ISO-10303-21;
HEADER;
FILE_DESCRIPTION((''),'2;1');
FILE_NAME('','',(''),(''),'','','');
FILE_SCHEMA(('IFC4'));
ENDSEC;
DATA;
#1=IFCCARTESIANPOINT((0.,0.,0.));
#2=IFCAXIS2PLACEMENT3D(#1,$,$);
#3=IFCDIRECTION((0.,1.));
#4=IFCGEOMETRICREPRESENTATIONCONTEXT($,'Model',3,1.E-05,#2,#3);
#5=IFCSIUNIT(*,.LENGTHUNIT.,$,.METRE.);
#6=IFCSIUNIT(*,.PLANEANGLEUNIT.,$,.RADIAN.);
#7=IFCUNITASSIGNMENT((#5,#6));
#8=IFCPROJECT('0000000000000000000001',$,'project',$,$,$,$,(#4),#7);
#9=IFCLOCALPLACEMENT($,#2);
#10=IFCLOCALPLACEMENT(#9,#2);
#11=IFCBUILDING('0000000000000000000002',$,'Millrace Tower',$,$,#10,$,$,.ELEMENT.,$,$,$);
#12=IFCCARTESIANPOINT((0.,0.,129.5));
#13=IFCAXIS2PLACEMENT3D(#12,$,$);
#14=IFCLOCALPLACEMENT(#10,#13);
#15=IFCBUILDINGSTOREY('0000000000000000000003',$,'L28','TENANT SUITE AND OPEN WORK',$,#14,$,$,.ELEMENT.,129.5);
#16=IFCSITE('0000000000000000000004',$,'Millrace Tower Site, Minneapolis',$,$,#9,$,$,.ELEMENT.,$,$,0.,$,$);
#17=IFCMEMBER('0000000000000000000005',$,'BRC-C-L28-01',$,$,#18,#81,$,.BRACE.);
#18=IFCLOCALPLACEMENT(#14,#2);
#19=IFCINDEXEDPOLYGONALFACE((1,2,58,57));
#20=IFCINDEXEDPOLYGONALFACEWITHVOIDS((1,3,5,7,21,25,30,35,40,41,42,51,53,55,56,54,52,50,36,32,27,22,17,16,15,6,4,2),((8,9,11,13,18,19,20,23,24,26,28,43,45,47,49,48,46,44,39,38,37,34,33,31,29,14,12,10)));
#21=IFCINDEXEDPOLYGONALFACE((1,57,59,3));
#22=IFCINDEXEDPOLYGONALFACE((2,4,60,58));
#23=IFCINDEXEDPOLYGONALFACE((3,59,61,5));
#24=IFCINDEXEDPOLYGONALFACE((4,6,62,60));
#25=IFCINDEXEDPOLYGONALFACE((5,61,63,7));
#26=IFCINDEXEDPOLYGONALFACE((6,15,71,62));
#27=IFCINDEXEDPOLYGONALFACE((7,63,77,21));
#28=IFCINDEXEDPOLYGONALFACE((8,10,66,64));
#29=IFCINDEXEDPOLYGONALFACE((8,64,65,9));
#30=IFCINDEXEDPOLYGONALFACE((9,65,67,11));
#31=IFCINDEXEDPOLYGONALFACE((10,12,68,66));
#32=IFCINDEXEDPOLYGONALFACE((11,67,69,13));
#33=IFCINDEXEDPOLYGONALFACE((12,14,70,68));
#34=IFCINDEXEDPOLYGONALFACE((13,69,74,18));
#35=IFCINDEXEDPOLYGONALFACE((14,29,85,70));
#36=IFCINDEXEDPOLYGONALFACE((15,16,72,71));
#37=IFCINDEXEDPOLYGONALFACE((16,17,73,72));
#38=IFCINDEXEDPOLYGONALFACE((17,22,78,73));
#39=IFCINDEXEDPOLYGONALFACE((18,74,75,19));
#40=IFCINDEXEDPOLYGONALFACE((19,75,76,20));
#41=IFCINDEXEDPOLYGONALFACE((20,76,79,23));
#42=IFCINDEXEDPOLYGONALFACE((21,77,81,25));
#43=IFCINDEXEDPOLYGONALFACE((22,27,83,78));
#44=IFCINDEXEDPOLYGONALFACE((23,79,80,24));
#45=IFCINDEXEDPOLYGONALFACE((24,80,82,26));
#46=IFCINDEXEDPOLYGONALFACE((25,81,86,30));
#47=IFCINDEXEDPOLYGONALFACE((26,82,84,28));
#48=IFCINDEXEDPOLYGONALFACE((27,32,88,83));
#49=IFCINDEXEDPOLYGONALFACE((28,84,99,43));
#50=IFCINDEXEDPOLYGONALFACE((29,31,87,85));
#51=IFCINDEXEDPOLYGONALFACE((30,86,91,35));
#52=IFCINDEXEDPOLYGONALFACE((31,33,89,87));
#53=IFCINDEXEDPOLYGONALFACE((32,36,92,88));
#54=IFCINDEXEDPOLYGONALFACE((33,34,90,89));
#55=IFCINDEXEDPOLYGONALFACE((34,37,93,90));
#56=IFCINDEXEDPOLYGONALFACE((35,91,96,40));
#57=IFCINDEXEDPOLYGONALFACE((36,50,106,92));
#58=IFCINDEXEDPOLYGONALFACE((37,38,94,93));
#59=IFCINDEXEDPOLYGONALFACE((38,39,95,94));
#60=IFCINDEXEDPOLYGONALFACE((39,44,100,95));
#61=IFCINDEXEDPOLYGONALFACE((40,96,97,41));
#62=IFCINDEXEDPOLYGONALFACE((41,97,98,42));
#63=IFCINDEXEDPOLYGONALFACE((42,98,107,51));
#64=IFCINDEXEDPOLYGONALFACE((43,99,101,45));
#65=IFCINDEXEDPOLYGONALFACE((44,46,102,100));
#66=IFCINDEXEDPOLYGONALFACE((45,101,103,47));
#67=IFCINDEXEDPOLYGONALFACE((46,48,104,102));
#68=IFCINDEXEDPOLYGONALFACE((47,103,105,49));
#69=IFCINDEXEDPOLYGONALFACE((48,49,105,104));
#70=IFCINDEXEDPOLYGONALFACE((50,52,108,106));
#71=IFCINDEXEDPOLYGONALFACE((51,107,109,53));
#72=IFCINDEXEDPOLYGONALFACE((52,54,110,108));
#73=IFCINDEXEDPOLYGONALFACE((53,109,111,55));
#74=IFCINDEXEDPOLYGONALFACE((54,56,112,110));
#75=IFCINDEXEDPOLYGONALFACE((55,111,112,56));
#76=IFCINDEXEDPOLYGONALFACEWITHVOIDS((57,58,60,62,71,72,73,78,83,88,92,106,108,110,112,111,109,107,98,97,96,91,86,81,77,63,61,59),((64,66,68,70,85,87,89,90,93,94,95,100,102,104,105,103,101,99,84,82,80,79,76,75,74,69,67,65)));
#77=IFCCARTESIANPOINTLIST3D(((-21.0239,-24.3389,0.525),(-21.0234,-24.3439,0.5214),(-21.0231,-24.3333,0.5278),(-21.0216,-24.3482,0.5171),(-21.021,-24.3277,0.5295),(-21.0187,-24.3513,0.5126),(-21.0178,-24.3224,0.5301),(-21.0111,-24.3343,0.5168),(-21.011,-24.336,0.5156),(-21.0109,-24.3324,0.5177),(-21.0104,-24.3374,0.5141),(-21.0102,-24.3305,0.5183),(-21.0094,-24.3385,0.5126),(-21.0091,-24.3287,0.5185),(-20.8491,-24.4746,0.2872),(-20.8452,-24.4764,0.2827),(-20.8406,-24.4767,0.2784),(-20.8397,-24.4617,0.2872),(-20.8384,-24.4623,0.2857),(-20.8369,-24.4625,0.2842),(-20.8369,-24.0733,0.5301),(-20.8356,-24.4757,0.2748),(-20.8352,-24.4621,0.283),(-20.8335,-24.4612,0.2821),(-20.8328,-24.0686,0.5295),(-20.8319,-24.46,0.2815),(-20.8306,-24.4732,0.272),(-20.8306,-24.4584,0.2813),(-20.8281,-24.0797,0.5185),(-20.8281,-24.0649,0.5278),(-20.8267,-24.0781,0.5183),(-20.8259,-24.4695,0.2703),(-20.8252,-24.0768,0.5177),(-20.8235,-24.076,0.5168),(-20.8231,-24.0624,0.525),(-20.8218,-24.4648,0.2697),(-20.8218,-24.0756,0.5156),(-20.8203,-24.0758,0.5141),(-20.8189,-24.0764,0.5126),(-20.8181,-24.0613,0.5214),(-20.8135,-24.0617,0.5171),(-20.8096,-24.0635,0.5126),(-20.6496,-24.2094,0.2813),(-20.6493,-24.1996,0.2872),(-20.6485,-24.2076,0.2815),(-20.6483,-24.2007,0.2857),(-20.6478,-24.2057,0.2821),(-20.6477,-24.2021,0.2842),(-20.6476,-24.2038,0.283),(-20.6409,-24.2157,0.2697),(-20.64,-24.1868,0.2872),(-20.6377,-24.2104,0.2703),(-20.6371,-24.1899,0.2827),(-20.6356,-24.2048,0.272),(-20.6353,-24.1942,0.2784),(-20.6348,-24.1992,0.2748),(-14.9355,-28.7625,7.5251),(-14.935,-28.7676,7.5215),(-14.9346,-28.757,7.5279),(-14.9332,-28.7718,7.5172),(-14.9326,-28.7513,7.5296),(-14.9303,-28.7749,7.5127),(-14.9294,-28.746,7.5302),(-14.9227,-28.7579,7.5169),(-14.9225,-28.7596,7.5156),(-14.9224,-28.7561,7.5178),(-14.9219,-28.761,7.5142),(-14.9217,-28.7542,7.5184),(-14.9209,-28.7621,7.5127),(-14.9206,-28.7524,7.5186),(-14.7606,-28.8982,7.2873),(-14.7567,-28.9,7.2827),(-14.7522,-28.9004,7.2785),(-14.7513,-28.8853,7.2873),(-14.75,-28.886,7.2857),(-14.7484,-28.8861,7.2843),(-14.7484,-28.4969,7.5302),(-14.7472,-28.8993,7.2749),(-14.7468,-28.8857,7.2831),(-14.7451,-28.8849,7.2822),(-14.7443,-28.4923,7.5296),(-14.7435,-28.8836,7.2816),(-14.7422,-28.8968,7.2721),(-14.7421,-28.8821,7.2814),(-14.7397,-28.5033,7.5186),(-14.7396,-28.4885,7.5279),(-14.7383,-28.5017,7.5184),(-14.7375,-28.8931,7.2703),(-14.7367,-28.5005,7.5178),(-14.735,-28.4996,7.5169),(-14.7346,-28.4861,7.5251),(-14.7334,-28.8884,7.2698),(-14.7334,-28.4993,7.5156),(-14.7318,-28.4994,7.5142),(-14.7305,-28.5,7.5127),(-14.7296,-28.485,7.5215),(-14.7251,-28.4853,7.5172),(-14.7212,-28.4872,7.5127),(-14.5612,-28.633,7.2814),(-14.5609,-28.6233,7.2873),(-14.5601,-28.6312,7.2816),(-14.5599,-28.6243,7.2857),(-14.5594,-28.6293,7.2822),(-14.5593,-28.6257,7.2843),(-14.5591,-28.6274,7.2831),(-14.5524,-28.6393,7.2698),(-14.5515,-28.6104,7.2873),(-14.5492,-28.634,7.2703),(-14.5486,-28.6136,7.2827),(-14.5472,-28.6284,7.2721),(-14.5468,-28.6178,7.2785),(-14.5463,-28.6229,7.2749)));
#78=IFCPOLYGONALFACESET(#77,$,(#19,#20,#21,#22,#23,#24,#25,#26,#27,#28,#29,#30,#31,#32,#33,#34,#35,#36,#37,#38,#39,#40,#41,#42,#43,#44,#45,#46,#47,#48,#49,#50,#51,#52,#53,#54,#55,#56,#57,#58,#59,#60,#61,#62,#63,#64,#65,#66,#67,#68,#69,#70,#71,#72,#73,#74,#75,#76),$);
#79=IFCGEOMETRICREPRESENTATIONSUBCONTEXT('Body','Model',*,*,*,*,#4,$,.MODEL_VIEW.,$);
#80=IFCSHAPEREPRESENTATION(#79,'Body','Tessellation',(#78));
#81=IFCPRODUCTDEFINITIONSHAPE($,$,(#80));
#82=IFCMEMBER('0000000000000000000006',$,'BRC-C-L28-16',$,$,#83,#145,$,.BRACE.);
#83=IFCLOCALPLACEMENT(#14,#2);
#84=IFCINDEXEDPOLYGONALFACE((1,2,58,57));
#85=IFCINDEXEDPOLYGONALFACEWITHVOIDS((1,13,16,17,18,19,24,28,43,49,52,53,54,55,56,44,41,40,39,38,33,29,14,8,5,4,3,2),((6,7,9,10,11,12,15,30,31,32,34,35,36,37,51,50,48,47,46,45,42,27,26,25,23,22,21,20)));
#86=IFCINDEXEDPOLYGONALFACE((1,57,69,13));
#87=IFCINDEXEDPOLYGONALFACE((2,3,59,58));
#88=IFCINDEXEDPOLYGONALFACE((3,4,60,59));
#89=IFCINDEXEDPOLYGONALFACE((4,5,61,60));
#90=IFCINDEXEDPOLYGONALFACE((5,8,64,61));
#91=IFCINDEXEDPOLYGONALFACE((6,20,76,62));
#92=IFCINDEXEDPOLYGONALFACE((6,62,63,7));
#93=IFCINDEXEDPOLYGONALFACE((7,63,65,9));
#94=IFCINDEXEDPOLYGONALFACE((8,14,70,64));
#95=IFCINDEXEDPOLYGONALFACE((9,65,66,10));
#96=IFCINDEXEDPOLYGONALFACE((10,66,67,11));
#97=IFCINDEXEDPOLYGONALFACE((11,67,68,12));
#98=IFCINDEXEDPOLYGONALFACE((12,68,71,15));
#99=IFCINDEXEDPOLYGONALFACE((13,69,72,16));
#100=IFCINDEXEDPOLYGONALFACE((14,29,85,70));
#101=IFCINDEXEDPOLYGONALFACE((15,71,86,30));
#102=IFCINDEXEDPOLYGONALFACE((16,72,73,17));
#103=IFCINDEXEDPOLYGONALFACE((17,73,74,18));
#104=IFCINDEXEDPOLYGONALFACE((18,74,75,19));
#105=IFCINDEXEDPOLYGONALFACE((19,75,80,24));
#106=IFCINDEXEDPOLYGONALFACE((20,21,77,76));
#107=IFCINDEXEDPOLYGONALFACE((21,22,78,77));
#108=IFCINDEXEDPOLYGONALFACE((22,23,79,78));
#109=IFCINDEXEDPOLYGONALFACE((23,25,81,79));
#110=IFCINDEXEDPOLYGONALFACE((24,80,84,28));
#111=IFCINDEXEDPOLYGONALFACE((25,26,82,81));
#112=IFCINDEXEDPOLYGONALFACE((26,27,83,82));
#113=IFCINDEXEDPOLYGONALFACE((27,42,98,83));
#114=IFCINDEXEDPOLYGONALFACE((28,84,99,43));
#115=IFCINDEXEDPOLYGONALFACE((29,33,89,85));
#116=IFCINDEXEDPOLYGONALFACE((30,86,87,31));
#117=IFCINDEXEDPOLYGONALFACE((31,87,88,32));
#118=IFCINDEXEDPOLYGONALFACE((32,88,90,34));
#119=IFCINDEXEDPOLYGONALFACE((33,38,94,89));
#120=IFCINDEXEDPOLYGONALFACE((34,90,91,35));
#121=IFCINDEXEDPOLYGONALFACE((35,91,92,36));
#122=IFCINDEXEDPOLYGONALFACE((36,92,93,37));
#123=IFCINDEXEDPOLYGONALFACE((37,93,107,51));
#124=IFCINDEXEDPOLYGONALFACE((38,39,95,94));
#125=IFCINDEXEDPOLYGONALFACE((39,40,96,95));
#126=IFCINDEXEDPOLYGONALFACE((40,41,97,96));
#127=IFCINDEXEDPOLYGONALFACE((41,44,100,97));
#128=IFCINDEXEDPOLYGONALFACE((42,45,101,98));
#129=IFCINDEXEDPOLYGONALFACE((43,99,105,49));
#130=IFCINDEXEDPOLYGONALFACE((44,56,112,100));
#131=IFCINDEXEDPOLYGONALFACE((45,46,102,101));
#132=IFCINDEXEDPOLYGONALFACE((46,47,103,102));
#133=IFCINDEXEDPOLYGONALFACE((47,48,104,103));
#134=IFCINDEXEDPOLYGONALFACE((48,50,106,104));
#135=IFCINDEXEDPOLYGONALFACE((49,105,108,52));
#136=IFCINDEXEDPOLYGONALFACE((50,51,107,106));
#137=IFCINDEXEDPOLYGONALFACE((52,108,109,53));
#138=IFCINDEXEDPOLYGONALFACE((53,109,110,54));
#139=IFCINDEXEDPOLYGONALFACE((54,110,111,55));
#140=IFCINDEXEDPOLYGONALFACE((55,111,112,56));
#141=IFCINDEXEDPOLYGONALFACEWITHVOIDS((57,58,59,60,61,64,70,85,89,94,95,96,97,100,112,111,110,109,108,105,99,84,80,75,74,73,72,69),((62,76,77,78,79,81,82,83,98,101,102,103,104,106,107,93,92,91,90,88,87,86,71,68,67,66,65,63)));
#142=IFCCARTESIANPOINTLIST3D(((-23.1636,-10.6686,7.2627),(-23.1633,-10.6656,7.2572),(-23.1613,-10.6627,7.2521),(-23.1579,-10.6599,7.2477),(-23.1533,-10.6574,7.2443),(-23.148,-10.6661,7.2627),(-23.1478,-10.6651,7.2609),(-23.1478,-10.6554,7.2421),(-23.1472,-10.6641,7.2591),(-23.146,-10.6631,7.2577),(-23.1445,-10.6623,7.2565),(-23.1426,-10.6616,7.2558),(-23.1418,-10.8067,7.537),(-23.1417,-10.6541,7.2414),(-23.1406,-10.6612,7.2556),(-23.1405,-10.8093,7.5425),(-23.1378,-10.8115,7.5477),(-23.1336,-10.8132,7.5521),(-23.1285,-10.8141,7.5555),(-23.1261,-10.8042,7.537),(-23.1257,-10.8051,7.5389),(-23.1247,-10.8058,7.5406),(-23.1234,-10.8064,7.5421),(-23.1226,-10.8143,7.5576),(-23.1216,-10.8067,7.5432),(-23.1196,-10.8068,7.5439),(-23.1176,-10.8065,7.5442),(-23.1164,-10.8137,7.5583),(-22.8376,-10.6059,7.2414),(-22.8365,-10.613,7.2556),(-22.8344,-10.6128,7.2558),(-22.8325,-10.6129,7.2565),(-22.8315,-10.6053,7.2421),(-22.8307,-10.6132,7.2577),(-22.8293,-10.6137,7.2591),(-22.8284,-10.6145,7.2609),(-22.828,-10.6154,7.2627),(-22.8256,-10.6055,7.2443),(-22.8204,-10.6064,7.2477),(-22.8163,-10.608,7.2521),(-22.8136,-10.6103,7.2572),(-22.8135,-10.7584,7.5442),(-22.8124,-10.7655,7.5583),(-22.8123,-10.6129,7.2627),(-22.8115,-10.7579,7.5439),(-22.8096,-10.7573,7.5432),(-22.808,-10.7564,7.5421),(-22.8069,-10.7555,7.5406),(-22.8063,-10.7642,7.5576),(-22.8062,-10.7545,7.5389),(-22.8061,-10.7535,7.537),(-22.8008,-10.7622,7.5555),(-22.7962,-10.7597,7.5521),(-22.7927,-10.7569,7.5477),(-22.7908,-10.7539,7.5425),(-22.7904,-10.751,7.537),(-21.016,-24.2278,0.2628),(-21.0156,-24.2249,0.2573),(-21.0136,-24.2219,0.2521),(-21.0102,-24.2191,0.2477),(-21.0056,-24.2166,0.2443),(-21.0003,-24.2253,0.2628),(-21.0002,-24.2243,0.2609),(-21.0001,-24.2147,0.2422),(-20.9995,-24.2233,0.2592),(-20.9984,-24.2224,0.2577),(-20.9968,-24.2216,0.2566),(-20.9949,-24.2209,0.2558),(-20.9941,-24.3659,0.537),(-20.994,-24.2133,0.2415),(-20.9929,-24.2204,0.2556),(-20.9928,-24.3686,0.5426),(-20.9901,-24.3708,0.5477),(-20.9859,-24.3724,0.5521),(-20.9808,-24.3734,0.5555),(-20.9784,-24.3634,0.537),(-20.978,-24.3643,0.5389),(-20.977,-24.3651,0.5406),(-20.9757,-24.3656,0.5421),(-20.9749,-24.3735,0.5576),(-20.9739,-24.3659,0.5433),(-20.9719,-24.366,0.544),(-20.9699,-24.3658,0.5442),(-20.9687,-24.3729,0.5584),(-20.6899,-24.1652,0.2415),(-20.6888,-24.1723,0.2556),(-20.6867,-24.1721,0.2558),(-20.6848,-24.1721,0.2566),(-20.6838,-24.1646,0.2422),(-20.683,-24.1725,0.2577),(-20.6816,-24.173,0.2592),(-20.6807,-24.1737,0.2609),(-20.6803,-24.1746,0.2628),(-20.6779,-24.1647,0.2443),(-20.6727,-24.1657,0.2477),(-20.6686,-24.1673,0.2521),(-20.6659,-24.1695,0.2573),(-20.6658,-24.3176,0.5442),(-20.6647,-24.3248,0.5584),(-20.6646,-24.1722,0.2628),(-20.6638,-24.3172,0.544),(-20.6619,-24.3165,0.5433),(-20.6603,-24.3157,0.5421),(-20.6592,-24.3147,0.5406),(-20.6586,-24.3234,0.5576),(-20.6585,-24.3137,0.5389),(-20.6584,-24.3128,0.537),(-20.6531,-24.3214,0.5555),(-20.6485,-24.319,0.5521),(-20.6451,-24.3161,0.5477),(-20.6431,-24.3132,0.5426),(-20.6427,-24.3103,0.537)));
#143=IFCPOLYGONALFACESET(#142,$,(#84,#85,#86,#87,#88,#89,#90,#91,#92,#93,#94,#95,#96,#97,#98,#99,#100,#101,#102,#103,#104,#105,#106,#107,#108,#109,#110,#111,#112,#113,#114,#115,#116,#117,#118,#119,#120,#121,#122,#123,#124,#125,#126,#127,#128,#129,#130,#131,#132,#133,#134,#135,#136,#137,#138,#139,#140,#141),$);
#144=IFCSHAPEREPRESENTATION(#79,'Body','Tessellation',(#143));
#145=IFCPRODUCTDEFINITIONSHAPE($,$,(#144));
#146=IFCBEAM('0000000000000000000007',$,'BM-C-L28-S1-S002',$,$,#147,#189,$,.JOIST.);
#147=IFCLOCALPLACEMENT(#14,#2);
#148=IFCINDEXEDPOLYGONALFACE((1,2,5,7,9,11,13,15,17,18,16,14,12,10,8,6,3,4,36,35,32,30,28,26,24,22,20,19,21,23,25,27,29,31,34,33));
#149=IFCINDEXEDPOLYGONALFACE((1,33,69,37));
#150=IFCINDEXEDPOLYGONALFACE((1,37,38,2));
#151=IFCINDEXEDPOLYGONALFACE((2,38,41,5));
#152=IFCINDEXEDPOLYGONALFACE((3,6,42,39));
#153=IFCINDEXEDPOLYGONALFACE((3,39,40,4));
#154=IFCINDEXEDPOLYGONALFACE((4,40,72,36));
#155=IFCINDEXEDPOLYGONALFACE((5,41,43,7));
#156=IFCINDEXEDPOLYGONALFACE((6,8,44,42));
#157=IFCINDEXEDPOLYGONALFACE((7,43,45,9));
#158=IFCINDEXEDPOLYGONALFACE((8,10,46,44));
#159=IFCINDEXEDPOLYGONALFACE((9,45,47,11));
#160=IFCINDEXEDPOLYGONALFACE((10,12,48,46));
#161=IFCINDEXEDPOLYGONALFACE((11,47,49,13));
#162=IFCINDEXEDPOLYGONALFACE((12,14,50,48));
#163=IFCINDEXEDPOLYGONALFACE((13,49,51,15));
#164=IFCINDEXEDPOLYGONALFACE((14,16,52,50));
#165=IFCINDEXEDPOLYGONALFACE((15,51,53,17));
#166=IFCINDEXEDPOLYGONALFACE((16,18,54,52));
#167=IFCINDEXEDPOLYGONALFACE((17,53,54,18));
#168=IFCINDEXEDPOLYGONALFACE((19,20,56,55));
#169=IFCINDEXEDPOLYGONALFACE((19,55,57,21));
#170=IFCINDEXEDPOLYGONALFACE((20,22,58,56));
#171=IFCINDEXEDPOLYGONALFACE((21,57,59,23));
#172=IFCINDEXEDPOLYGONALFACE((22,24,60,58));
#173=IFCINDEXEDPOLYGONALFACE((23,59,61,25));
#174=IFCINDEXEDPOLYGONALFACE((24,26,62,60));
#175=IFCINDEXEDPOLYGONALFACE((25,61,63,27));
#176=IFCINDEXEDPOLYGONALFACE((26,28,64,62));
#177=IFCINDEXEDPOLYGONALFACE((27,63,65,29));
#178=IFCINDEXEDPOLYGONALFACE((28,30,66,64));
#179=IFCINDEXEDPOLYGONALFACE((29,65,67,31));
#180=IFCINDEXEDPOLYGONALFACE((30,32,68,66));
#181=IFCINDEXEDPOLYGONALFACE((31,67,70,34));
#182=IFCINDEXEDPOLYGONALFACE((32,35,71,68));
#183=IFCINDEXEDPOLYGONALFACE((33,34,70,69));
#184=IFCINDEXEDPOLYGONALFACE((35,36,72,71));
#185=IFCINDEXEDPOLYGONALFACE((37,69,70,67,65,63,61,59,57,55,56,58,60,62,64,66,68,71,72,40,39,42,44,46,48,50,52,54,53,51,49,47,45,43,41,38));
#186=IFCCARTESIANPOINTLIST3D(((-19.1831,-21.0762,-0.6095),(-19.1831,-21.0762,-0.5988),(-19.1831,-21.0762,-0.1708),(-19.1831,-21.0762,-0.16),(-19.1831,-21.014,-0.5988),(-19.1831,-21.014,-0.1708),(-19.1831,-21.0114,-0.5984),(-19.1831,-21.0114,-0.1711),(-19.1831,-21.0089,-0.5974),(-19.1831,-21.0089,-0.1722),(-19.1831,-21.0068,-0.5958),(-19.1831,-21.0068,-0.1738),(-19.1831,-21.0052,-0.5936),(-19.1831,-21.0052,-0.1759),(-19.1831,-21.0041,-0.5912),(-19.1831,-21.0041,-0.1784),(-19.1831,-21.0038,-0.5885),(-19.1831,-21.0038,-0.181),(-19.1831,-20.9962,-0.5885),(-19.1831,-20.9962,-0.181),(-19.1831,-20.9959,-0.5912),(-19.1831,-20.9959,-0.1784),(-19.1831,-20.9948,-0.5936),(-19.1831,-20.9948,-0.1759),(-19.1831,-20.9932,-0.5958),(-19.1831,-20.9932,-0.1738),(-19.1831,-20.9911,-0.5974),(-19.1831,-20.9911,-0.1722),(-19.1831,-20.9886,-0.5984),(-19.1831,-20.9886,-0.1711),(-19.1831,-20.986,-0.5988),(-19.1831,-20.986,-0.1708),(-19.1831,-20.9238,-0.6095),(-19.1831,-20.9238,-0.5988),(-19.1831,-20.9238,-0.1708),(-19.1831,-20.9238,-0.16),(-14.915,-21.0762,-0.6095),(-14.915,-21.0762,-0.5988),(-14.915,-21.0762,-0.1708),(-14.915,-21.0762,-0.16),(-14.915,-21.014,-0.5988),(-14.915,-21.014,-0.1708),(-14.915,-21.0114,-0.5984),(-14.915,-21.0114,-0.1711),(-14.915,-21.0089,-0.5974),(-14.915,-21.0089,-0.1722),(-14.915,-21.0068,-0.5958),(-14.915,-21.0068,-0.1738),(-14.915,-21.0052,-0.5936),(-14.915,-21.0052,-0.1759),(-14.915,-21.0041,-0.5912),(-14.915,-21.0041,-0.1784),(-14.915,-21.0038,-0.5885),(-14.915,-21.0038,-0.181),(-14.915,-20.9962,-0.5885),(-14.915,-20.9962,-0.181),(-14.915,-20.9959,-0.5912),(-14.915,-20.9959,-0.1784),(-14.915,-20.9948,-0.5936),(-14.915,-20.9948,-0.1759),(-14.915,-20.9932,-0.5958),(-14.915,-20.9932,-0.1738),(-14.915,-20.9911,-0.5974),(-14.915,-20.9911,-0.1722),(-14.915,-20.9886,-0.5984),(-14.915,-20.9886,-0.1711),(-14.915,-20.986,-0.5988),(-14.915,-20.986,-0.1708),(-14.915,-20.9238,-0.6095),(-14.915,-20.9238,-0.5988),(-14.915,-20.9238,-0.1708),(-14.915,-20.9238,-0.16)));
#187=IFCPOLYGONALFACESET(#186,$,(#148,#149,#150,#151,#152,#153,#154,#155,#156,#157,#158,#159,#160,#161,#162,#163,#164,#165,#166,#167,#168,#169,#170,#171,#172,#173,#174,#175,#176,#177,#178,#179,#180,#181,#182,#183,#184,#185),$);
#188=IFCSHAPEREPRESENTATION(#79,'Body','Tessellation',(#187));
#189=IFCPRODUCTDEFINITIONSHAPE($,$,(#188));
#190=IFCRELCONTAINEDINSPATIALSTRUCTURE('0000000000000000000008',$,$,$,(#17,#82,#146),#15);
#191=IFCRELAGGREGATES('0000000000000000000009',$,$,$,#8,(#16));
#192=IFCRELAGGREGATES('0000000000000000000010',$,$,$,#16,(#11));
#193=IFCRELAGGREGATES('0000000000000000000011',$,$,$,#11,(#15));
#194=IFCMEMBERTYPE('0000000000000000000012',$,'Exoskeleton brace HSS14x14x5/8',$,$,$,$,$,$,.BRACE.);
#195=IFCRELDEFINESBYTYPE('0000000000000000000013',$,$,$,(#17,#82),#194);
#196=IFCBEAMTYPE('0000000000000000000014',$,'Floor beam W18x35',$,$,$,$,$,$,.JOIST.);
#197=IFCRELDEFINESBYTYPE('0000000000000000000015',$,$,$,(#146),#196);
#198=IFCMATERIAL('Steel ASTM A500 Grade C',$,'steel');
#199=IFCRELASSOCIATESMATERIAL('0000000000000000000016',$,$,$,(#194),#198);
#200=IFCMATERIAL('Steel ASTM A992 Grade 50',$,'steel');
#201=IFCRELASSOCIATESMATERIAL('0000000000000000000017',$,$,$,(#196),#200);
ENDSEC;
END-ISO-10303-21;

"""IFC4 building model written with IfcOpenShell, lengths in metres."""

from ifc_helpers import new_model, si_unit, direction, frame, origin, origin_2d, place, context, subcontext, project, spatial, hollow_rectangle, i_section, extrude, material, material_profile, profile_set, type_object, element, save


model = new_model("IFC4")

# Units and contexts
model_context = context("Model", 3, precision=1e-05, world=origin(), true_north=direction((0.0, 1.0)))
body_context = subcontext(model_context, "Body", "Model", "MODEL_VIEW")
ifc_project = project(units=[si_unit("LENGTHUNIT", "METRE"), si_unit("PLANEANGLEUNIT", "RADIAN")], contexts=[model_context])

# Site, building, storey
site_placement = place(None, origin())
site = spatial("IfcSite", under=ifc_project, at=site_placement, Name="Millrace Tower Site, Minneapolis", CompositionType="ELEMENT", RefElevation=0.0)
building_placement = place(site_placement, origin())
building = spatial("IfcBuilding", under=site, at=building_placement, Name="Millrace Tower", CompositionType="ELEMENT")
storey_placement = place(building_placement, frame((0.0, 0.0, 129.5)))
storey = spatial("IfcBuildingStorey", under=building, at=storey_placement, Name="L28", Description="TENANT SUITE AND OPEN WORK", CompositionType="ELEMENT", Elevation=129.5)

# Members
ifc_material_1 = material(Name="Steel ASTM A500 Grade C", Category="steel")
ifc_material_profile_1 = material_profile(ifc_material_1, hollow_rectangle(XDim=0.3557, YDim=0.3557, WallThickness=0.0159, InnerFilletRadius=0.0081, OuterFilletRadius=0.0239, at=origin_2d()))
ifc_profile_set_1 = profile_set([ifc_material_profile_1], Name="Steel ASTM A500 Grade C")
member_type_1 = type_object("IfcMemberType", Name="Exoskeleton brace HSS14x14x5/8", PredefinedType="BRACE", material=ifc_profile_set_1)
member_1_placement = place(storey_placement, frame((-20.8293, -24.269, 0.3999), z_axis=(0.592372, -0.430395, 0.681069), x_axis=(0.587795, 0.80901, 0.0)))
element("IfcMember", 1, at=member_1_placement, inside=storey, type_object=member_type_1, Name="BRC-C-L28-01", PredefinedType="BRACE", context=body_context, shape_type="SweptSolid", body=[
    extrude(hollow_rectangle(XDim=0.3557, YDim=0.3557, WallThickness=0.0159, InnerFilletRadius=0.0081, OuterFilletRadius=0.0239, at=origin_2d()), origin(), (0.0, 0.0, 1.0), 10.2781),
])
member_2_placement = place(storey_placement, frame((-20.8293, -24.269, 0.3999), z_axis=(-0.139371, 0.879905, 0.454251), x_axis=(-0.987687, -0.156443, 0.0)))
element("IfcMember", 2, at=member_2_placement, inside=storey, type_object=member_type_1, Name="BRC-C-L28-16", PredefinedType="BRACE", context=body_context, shape_type="SweptSolid", body=[
    extrude(hollow_rectangle(XDim=0.3557, YDim=0.3557, WallThickness=0.0159, InnerFilletRadius=0.0081, OuterFilletRadius=0.0239, at=origin_2d()), origin(), (0.0, 0.0, 1.0), 15.4099),
])

# Beam
ifc_material_2 = material(Name="Steel ASTM A992 Grade 50", Category="steel")
ifc_material_profile_2 = material_profile(ifc_material_2, i_section(OverallWidth=0.1523, OverallDepth=0.4495, WebThickness=0.0076, FlangeThickness=0.0107, FilletRadius=0.0103, at=origin_2d()))
ifc_profile_set_2 = profile_set([ifc_material_profile_2], Name="Steel ASTM A992 Grade 50")
beam_type_1 = type_object("IfcBeamType", Name="Floor beam W18x35", PredefinedType="JOIST", material=ifc_profile_set_2)
beam_1_placement = place(storey_placement, frame((-19.1831, -21.0, -0.3848), z_axis=(1.0, 0.0, 0.0), x_axis=(0.0, 1.0, 0.0)))
element("IfcBeam", 3, at=beam_1_placement, inside=storey, type_object=beam_type_1, Name="BM-C-L28-S1-S002", PredefinedType="JOIST", context=body_context, shape_type="SweptSolid", body=[
    extrude(i_section(OverallWidth=0.1523, OverallDepth=0.4495, WebThickness=0.0076, FlangeThickness=0.0107, FilletRadius=0.0103, at=origin_2d()), origin(), (0.0, 0.0, 1.0), 4.2681),
])

save(model, "model.ifc")
